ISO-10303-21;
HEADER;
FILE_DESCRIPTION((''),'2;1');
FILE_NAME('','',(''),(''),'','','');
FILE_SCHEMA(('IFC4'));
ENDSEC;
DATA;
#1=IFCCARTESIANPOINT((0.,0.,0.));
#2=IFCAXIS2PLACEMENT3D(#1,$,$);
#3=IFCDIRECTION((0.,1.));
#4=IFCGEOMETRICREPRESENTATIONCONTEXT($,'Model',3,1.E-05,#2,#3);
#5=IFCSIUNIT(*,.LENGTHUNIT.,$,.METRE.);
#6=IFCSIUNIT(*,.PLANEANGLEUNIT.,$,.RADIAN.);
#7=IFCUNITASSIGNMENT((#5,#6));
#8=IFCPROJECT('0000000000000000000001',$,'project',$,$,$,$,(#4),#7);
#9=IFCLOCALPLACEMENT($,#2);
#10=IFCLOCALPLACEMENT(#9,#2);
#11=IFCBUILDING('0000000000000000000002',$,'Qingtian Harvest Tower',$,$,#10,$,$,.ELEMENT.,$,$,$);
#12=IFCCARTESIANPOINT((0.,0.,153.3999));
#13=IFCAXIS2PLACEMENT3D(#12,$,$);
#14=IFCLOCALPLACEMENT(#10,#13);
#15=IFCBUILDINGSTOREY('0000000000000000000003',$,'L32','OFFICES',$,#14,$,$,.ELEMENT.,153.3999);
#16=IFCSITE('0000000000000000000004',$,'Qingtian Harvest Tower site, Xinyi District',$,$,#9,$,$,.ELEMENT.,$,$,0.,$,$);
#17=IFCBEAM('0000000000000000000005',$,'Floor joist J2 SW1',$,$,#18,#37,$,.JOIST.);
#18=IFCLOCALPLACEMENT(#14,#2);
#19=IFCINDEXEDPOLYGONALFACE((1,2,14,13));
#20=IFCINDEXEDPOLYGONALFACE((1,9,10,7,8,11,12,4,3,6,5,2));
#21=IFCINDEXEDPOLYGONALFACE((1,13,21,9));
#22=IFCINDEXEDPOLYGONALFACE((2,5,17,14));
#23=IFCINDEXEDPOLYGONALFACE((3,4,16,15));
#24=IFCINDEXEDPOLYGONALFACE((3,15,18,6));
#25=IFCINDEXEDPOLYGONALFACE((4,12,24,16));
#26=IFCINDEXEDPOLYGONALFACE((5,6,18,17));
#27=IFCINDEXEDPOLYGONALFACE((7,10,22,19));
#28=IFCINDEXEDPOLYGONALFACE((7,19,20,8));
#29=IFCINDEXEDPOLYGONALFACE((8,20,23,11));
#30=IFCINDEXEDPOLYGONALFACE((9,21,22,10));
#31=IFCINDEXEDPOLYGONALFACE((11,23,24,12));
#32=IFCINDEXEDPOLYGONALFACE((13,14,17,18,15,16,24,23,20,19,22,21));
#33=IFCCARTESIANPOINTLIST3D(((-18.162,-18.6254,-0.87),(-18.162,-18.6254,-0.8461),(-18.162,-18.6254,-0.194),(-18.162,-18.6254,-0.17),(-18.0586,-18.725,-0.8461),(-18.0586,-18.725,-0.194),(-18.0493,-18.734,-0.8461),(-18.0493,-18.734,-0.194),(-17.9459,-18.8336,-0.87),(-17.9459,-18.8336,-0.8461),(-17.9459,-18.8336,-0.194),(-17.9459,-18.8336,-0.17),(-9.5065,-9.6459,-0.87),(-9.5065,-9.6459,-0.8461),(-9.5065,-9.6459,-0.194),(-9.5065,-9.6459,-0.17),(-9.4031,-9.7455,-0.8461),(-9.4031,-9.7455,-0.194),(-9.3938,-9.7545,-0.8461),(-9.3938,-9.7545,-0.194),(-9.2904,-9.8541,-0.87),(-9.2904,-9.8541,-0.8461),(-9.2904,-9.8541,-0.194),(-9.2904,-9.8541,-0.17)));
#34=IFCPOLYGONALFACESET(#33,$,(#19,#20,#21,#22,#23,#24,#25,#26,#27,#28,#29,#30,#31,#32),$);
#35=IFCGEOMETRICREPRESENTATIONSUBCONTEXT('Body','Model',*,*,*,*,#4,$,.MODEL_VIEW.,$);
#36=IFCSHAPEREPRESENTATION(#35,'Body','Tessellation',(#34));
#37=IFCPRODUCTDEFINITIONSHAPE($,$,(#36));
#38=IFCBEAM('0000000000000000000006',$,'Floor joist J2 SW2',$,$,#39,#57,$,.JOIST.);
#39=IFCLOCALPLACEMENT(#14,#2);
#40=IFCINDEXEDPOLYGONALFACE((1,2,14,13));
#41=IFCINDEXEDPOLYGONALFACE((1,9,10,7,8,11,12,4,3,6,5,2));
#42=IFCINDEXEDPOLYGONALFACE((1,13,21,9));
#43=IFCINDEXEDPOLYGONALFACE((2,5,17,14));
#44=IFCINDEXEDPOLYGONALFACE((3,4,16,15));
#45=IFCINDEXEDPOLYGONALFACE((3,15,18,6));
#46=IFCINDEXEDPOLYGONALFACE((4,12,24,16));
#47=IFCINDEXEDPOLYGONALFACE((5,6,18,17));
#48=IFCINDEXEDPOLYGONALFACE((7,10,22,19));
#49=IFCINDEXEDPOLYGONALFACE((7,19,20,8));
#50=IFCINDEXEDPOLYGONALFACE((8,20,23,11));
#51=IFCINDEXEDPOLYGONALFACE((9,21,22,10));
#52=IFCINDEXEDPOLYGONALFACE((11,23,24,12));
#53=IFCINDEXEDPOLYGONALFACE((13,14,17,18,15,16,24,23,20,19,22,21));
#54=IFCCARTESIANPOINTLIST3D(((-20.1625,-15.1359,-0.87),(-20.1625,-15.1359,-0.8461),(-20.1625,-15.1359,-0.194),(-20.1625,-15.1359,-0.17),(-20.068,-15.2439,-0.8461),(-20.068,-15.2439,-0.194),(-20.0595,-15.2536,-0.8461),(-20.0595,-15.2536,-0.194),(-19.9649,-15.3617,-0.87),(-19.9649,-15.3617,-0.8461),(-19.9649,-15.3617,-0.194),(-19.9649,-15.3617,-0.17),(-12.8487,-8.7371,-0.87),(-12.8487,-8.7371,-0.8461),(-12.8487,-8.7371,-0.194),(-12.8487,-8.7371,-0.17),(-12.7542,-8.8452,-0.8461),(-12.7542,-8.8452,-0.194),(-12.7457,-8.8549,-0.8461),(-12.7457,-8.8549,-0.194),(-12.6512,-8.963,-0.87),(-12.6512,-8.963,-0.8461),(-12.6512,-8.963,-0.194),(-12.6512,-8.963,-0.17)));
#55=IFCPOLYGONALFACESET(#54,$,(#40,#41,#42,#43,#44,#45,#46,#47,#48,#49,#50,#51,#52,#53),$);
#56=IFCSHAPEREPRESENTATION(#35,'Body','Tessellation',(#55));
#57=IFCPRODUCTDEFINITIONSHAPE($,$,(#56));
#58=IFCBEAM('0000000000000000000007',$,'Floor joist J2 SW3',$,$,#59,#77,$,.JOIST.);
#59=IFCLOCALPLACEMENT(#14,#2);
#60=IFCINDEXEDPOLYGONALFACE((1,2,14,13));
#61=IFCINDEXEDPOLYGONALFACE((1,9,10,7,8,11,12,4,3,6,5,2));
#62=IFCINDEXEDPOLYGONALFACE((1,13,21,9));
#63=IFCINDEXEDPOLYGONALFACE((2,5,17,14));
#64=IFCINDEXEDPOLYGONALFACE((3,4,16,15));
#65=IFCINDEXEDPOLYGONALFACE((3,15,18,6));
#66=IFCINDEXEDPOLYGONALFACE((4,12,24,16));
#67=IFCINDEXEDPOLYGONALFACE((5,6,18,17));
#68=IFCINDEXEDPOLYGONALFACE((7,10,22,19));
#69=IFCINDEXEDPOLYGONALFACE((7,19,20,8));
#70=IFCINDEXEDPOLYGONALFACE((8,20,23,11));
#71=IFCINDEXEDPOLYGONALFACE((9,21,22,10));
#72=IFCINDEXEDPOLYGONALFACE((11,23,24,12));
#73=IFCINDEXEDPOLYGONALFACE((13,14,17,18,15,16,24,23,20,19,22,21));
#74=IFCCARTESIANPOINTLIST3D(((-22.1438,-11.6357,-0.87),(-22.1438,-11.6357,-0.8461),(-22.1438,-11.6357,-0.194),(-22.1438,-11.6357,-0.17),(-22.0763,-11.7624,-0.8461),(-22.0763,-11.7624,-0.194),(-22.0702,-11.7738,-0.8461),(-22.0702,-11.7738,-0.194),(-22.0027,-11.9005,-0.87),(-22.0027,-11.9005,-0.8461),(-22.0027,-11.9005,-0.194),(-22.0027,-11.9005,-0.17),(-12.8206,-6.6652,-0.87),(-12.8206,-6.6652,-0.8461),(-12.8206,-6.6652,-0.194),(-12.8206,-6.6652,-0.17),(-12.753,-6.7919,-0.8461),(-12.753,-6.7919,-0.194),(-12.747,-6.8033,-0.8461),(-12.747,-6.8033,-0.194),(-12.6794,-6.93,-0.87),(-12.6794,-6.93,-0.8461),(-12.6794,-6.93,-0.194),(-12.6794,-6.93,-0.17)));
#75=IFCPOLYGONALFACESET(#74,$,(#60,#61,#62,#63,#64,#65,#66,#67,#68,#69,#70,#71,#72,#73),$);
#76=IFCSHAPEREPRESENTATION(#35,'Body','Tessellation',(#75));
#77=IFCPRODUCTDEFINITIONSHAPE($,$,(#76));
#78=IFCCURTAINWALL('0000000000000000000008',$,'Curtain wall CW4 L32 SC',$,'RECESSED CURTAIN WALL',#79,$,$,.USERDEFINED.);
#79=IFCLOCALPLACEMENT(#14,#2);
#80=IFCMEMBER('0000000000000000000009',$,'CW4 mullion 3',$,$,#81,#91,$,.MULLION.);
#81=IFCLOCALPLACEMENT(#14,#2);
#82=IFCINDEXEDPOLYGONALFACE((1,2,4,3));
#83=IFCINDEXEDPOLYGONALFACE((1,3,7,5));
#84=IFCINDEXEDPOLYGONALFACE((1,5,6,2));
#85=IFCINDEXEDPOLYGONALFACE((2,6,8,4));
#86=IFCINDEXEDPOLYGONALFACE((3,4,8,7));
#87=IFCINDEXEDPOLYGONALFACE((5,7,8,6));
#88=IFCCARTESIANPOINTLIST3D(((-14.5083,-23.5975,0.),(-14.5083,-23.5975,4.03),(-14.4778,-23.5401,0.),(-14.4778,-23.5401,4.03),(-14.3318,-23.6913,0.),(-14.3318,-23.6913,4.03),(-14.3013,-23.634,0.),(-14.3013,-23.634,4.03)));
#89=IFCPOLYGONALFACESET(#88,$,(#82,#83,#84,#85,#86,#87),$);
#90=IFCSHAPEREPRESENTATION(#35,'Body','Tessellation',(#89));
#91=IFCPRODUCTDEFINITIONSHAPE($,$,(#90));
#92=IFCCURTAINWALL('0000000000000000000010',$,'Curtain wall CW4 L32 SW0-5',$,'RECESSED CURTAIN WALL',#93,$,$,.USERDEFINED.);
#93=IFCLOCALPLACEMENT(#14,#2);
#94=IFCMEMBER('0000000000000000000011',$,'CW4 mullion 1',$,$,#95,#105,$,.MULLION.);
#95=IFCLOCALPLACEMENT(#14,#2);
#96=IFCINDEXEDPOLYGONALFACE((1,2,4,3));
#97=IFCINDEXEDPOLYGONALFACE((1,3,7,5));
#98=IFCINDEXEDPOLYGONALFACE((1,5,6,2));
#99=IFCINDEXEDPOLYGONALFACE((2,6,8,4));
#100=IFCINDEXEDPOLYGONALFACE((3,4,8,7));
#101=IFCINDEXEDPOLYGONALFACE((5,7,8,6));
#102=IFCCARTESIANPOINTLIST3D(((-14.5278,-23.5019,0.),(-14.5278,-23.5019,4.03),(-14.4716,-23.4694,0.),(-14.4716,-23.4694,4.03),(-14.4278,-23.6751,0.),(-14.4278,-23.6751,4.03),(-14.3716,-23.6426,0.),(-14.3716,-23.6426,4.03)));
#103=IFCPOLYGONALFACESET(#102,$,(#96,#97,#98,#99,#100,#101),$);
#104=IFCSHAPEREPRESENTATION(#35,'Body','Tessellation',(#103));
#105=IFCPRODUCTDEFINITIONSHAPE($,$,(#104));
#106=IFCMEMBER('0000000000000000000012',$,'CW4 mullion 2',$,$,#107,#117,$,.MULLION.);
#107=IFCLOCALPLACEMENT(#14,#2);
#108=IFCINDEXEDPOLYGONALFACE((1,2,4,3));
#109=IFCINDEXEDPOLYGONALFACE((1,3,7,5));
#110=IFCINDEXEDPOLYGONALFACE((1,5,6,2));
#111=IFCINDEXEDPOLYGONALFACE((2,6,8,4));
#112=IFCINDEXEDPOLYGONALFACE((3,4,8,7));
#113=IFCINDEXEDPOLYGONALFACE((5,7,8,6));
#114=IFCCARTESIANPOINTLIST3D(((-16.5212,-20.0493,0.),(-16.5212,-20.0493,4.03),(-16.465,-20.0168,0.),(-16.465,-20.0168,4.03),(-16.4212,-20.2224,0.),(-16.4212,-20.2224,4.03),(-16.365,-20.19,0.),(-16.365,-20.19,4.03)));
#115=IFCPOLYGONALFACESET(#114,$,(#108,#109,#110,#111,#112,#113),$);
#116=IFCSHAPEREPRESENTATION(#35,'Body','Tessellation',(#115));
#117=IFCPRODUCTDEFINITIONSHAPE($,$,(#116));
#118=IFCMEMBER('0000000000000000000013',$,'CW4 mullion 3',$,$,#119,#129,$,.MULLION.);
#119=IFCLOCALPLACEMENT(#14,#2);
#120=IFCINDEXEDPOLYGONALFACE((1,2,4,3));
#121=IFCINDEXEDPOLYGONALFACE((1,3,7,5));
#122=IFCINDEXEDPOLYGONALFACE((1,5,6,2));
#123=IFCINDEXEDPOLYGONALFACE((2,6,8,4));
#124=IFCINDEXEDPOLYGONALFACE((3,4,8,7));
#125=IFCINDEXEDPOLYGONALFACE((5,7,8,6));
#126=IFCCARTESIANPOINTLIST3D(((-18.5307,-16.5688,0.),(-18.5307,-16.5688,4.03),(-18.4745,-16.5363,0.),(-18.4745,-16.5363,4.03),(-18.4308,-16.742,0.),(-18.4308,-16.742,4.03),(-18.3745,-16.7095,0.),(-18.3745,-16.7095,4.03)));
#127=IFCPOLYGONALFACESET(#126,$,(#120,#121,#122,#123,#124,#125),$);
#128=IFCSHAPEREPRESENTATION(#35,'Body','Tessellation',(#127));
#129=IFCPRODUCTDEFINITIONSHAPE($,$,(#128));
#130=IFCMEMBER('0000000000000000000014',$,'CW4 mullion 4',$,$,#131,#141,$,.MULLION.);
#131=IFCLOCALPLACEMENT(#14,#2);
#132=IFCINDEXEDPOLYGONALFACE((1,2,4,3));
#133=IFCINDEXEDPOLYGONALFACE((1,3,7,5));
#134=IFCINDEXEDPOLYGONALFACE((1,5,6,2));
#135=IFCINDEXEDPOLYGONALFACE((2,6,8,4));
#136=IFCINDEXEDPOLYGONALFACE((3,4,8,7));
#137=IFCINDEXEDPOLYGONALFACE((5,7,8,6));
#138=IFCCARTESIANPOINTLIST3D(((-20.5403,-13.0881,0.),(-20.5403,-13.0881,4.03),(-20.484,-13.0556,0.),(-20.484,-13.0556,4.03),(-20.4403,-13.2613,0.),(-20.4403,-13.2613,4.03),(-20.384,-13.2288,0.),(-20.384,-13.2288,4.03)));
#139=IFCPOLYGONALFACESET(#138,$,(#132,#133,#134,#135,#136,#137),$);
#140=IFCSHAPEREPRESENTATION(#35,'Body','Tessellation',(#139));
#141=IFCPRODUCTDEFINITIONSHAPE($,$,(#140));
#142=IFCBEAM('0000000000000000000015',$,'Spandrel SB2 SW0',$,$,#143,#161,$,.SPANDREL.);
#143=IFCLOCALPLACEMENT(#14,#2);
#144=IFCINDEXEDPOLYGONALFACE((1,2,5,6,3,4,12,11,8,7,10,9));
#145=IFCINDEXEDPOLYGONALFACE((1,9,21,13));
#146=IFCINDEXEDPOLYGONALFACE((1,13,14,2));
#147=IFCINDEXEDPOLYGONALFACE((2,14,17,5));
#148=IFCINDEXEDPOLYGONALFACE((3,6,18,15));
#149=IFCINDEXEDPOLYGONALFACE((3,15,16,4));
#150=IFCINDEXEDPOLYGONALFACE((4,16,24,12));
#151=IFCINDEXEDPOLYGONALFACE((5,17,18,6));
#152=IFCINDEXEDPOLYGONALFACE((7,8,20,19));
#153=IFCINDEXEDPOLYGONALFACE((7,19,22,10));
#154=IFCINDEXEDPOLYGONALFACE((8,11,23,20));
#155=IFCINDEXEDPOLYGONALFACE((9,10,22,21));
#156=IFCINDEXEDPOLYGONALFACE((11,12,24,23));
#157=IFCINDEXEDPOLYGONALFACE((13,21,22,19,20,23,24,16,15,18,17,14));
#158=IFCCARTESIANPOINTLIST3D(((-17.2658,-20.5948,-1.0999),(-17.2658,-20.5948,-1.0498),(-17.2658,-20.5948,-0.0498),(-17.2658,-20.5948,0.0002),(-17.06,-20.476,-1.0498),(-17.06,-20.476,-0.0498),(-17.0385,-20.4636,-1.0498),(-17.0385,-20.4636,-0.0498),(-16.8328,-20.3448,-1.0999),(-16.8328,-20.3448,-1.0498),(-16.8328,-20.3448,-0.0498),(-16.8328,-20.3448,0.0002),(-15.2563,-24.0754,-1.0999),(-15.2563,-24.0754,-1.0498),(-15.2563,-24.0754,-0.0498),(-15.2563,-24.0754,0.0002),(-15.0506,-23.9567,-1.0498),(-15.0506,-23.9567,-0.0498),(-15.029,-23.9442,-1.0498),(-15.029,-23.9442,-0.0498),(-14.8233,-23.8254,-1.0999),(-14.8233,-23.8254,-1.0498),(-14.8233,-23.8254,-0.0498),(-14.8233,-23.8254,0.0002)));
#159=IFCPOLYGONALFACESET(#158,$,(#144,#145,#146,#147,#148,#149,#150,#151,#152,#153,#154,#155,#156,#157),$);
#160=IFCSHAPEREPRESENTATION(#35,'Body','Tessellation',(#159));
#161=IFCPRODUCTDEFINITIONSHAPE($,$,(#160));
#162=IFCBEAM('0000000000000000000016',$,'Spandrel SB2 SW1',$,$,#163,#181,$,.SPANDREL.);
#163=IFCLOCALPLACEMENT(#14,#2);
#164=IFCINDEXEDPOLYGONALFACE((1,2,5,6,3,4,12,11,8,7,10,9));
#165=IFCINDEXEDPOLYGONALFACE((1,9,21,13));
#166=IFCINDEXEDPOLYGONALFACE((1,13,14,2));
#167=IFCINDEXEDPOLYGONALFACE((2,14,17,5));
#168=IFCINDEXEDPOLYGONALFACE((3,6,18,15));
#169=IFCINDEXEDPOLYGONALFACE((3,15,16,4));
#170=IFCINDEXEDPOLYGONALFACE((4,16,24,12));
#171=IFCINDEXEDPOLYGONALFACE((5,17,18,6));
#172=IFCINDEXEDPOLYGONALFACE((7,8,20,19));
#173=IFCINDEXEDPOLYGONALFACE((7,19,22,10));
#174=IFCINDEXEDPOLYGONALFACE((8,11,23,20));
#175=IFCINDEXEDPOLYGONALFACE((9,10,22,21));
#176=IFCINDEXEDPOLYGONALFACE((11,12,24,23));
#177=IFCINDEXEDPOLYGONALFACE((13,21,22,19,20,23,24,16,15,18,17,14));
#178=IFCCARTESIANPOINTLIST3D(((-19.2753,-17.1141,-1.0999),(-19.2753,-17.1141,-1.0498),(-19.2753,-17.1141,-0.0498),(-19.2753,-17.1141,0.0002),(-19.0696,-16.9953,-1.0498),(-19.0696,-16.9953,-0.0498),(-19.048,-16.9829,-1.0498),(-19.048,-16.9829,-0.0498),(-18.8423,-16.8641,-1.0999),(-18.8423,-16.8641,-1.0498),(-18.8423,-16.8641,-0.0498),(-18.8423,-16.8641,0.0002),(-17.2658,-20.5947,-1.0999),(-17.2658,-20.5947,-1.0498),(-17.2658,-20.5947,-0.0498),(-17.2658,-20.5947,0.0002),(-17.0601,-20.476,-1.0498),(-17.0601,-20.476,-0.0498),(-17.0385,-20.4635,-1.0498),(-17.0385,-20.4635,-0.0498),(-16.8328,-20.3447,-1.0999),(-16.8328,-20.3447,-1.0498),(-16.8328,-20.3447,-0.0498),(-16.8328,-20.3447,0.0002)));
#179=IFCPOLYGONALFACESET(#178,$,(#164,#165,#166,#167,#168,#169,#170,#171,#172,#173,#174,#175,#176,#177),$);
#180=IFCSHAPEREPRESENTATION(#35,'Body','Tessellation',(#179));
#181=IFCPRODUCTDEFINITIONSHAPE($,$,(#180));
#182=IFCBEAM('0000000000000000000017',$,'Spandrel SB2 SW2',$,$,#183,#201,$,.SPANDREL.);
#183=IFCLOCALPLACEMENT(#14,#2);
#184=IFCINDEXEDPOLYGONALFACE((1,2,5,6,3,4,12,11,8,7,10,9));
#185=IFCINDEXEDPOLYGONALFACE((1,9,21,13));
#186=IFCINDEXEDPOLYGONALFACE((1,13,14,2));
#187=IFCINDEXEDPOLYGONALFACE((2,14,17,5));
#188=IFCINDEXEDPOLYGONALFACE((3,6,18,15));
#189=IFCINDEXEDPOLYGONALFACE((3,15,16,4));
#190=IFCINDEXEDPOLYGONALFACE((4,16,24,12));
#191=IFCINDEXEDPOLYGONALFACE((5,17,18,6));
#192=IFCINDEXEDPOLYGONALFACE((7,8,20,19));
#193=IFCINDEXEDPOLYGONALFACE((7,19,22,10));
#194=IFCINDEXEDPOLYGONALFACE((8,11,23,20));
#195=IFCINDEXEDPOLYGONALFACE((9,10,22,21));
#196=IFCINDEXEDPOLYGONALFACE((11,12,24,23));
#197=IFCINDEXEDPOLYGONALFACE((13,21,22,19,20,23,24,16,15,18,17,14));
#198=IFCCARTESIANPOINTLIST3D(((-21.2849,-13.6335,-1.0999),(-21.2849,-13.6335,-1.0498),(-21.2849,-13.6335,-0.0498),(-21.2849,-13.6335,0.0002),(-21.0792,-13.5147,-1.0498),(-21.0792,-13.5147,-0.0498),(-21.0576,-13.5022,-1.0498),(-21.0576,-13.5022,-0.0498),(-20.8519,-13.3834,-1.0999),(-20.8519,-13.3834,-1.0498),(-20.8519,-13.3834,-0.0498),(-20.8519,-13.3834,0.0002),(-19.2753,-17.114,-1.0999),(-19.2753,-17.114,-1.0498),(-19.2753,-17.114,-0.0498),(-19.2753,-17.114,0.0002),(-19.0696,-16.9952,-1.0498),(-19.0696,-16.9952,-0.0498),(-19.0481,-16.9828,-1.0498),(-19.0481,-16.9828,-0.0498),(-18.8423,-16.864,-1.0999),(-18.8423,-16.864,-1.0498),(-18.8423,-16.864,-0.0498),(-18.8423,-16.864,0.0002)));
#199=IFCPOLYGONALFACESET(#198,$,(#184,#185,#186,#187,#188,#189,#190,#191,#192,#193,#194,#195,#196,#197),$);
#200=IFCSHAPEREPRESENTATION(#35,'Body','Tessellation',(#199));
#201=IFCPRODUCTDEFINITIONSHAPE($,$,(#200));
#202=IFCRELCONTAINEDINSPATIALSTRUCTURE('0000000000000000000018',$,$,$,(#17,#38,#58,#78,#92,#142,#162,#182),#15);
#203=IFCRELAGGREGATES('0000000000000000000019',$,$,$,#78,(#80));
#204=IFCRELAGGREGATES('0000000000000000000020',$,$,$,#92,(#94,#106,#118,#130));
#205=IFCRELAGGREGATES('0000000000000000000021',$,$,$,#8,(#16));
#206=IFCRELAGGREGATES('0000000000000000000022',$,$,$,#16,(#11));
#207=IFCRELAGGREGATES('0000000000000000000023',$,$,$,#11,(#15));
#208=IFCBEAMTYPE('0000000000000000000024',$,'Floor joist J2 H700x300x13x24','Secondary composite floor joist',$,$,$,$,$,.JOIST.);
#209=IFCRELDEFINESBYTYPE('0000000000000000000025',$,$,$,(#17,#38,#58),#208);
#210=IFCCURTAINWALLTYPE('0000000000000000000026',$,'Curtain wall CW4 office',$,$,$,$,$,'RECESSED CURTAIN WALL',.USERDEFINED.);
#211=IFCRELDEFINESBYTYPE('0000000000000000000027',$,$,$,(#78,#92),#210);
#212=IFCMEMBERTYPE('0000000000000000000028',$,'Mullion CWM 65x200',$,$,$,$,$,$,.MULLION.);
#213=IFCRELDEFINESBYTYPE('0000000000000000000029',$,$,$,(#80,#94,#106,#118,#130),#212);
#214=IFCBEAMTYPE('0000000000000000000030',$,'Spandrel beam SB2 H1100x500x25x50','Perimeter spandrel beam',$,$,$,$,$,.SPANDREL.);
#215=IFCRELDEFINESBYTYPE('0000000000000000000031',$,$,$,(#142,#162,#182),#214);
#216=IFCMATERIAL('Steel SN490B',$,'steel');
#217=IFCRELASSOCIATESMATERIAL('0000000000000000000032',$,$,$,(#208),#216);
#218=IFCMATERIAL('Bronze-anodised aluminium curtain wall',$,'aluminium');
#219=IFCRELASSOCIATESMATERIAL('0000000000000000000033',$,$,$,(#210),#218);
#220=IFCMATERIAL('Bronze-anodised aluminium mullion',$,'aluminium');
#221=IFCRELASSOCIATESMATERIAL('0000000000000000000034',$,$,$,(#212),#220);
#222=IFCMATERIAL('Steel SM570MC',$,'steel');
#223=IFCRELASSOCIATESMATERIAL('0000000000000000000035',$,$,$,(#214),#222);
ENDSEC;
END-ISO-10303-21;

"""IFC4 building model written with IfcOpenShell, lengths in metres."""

from ifc_helpers import new_model, si_unit, direction, frame, origin, origin_2d, place, context, subcontext, project, spatial, rectangle, i_section, extrude, material, material_profile, profile_set, type_object, element, aggregate, save


model = new_model("IFC4")

# Units and contexts
model_context = context("Model", 3, precision=1e-05, world=origin(), true_north=direction((0.0, 1.0)))
body_context = subcontext(model_context, "Body", "Model", "MODEL_VIEW")
ifc_project = project(units=[si_unit("LENGTHUNIT", "METRE"), si_unit("PLANEANGLEUNIT", "RADIAN")], contexts=[model_context])

# Site, building, storey
site_placement = place(None, origin())
site = spatial("IfcSite", under=ifc_project, at=site_placement, Name="Qingtian Harvest Tower site, Xinyi District", CompositionType="ELEMENT", RefElevation=0.0)
building_placement = place(site_placement, origin())
building = spatial("IfcBuilding", under=site, at=building_placement, Name="Qingtian Harvest Tower", CompositionType="ELEMENT")
storey_placement = place(building_placement, frame((0.0, 0.0, 153.3999)))
storey = spatial("IfcBuildingStorey", under=building, at=storey_placement, Name="L32", Description="OFFICES", CompositionType="ELEMENT", Elevation=153.3999)

# Beams
ifc_material_1 = material(Name="Steel SN490B", Category="steel")
ifc_material_profile_1 = material_profile(ifc_material_1, i_section(OverallWidth=0.3, OverallDepth=0.7, WebThickness=0.0129, FlangeThickness=0.0239, at=origin_2d()), Name="H700x300x13x24")
ifc_profile_set_1 = profile_set([ifc_material_profile_1], Name="Steel SN490B")
beam_type_1 = type_object("IfcBeamType", Name="Floor joist J2 H700x300x13x24", Description="Secondary composite floor joist", PredefinedType="JOIST", material=ifc_profile_set_1)
beam_1_placement = place(storey_placement, frame((-18.054, -18.7295, -0.52), z_axis=(0.693999, 0.719976, 0.0), x_axis=(-0.719976, 0.693999, 0.0)))
element("IfcBeam", 1, at=beam_1_placement, inside=storey, type_object=beam_type_1, Name="Floor joist J2 SW1", PredefinedType="JOIST", context=body_context, shape_type="SweptSolid", body=[
    extrude(i_section(OverallWidth=0.3, OverallDepth=0.7, WebThickness=0.0129, FlangeThickness=0.0239, at=origin_2d()), origin(), (0.0, 0.0, 1.0), 12.4719),
])
beam_2_placement = place(storey_placement, frame((-20.0637, -15.2488, -0.52), z_axis=(0.752619, 0.658457, 0.0), x_axis=(-0.658457, 0.752619, 0.0)))
element("IfcBeam", 2, at=beam_2_placement, inside=storey, type_object=beam_type_1, Name="Floor joist J2 SW2", PredefinedType="JOIST", context=body_context, shape_type="SweptSolid", body=[
    extrude(i_section(OverallWidth=0.3, OverallDepth=0.7, WebThickness=0.0129, FlangeThickness=0.0239, at=origin_2d()), origin(), (0.0, 0.0, 1.0), 9.7178),
])
beam_3_placement = place(storey_placement, frame((-22.0732, -11.7681, -0.52), z_axis=(0.882429, 0.470446, 0.0), x_axis=(-0.470446, 0.882429, 0.0)))
element("IfcBeam", 3, at=beam_3_placement, inside=storey, type_object=beam_type_1, Name="Floor joist J2 SW3", PredefinedType="JOIST", context=body_context, shape_type="SweptSolid", body=[
    extrude(i_section(OverallWidth=0.3, OverallDepth=0.7, WebThickness=0.0129, FlangeThickness=0.0239, at=origin_2d()), origin(), (0.0, 0.0, 1.0), 10.5654),
])

# Curtain wall, member
ifc_material_2 = material(Name="Bronze-anodised aluminium curtain wall", Category="aluminium")
curtain_wall_type = type_object("IfcCurtainWallType", Name="Curtain wall CW4 office", ElementType="RECESSED CURTAIN WALL", PredefinedType="USERDEFINED", material=ifc_material_2)
curtain_wall_1_placement = place(storey_placement, origin())
curtain_wall_1 = element("IfcCurtainWall", 4, at=curtain_wall_1_placement, inside=storey, type_object=curtain_wall_type, Name="Curtain wall CW4 L32 SC", ObjectType="RECESSED CURTAIN WALL", PredefinedType="USERDEFINED")
ifc_material_3 = material(Name="Bronze-anodised aluminium mullion", Category="aluminium")
ifc_material_profile_2 = material_profile(ifc_material_3, rectangle(XDim=0.0649, YDim=0.2, at=origin_2d()), Name="AL 65x200")
ifc_profile_set_2 = profile_set([ifc_material_profile_2], Name="Bronze-anodised aluminium mullion")
member_type_1 = type_object("IfcMemberType", Name="Mullion CWM 65x200", PredefinedType="MULLION", material=ifc_profile_set_2)
member_1_placement = place(storey_placement, frame((-14.4048, -23.6157, 0.0), z_axis=(0.0, 0.0, 1.0), x_axis=(-0.469472, -0.882948, 0.0)))
member_1 = element("IfcMember", 5, at=member_1_placement, type_object=member_type_1, Name="CW4 mullion 3", PredefinedType="MULLION", context=body_context, shape_type="SweptSolid", body=[
    extrude(rectangle(XDim=0.0649, YDim=0.2, at=origin_2d()), origin(), (0.0, 0.0, 1.0), 4.03),
])
aggregate(curtain_wall_1, [member_1])

# Curtain wall, members
curtain_wall_2_placement = place(storey_placement, origin())
curtain_wall_2 = element("IfcCurtainWall", 6, at=curtain_wall_2_placement, inside=storey, type_object=curtain_wall_type, Name="Curtain wall CW4 L32 SW0-5", ObjectType="RECESSED CURTAIN WALL", PredefinedType="USERDEFINED")
member_2_placement = place(storey_placement, frame((-14.4497, -23.5723, 0.0), z_axis=(0.0, 0.0, 1.0), x_axis=(-0.866025, -0.5, 0.0)))
member_2 = element("IfcMember", 7, at=member_2_placement, type_object=member_type_1, Name="CW4 mullion 1", PredefinedType="MULLION", context=body_context, shape_type="SweptSolid", body=[
    extrude(rectangle(XDim=0.0649, YDim=0.2, at=origin_2d()), origin(), (0.0, 0.0, 1.0), 4.03),
])
member_3_placement = place(storey_placement, frame((-16.4431, -20.1196, 0.0), z_axis=(0.0, 0.0, 1.0), x_axis=(-0.866025, -0.5, 0.0)))
member_3 = element("IfcMember", 8, at=member_3_placement, type_object=member_type_1, Name="CW4 mullion 2", PredefinedType="MULLION", context=body_context, shape_type="SweptSolid", body=[
    extrude(rectangle(XDim=0.0649, YDim=0.2, at=origin_2d()), origin(), (0.0, 0.0, 1.0), 4.03),
])
member_4_placement = place(storey_placement, frame((-18.4526, -16.6392, 0.0), z_axis=(0.0, 0.0, 1.0), x_axis=(-0.866025, -0.5, 0.0)))
member_4 = element("IfcMember", 9, at=member_4_placement, type_object=member_type_1, Name="CW4 mullion 3", PredefinedType="MULLION", context=body_context, shape_type="SweptSolid", body=[
    extrude(rectangle(XDim=0.0649, YDim=0.2, at=origin_2d()), origin(), (0.0, 0.0, 1.0), 4.03),
])
member_5_placement = place(storey_placement, frame((-20.4622, -13.1584, 0.0), z_axis=(0.0, 0.0, 1.0), x_axis=(-0.866025, -0.5, 0.0)))
member_5 = element("IfcMember", 10, at=member_5_placement, type_object=member_type_1, Name="CW4 mullion 4", PredefinedType="MULLION", context=body_context, shape_type="SweptSolid", body=[
    extrude(rectangle(XDim=0.0649, YDim=0.2, at=origin_2d()), origin(), (0.0, 0.0, 1.0), 4.03),
])

# Beams
ifc_material_4 = material(Name="Steel SM570MC", Category="steel")
ifc_material_profile_3 = material_profile(ifc_material_4, i_section(OverallWidth=0.5, OverallDepth=1.1001, WebThickness=0.0249, FlangeThickness=0.05, at=origin_2d()), Name="H1100x500x25x50")
ifc_profile_set_3 = profile_set([ifc_material_profile_3], Name="Steel SM570MC")
beam_type_2 = type_object("IfcBeamType", Name="Spandrel beam SB2 H1100x500x25x50", Description="Perimeter spandrel beam", PredefinedType="SPANDREL", material=ifc_profile_set_3)
for number, where, z_axis, x_axis, name in (
    (11, (-15.0398, -23.9504, -0.5498), (-0.499987, 0.866033, 0.0), (-0.866033, -0.499987, 0.0), "Spandrel SB2 SW0"),
    (12, (-17.0493, -20.4697, -0.5498), (-0.499987, 0.866033, 0.0), (-0.866033, -0.499987, 0.0), "Spandrel SB2 SW1"),
    (13, (-19.0588, -16.989, -0.5498), (-0.500013, 0.866018, 0.0), (-0.866018, -0.500013, 0.0), "Spandrel SB2 SW2"),
):
    element("IfcBeam", number, at=place(storey_placement, frame(where, z_axis=z_axis, x_axis=x_axis)), inside=storey, type_object=beam_type_2, Name=name, PredefinedType="SPANDREL", context=body_context, shape_type="SweptSolid", body=[
        extrude(i_section(OverallWidth=0.5, OverallDepth=1.1001, WebThickness=0.0249, FlangeThickness=0.05, at=origin_2d()), origin(), (0.0, 0.0, 1.0), 4.019),
    ])

aggregate(curtain_wall_2, [member_2, member_3, member_4, member_5])

save(model, "model.ifc")
